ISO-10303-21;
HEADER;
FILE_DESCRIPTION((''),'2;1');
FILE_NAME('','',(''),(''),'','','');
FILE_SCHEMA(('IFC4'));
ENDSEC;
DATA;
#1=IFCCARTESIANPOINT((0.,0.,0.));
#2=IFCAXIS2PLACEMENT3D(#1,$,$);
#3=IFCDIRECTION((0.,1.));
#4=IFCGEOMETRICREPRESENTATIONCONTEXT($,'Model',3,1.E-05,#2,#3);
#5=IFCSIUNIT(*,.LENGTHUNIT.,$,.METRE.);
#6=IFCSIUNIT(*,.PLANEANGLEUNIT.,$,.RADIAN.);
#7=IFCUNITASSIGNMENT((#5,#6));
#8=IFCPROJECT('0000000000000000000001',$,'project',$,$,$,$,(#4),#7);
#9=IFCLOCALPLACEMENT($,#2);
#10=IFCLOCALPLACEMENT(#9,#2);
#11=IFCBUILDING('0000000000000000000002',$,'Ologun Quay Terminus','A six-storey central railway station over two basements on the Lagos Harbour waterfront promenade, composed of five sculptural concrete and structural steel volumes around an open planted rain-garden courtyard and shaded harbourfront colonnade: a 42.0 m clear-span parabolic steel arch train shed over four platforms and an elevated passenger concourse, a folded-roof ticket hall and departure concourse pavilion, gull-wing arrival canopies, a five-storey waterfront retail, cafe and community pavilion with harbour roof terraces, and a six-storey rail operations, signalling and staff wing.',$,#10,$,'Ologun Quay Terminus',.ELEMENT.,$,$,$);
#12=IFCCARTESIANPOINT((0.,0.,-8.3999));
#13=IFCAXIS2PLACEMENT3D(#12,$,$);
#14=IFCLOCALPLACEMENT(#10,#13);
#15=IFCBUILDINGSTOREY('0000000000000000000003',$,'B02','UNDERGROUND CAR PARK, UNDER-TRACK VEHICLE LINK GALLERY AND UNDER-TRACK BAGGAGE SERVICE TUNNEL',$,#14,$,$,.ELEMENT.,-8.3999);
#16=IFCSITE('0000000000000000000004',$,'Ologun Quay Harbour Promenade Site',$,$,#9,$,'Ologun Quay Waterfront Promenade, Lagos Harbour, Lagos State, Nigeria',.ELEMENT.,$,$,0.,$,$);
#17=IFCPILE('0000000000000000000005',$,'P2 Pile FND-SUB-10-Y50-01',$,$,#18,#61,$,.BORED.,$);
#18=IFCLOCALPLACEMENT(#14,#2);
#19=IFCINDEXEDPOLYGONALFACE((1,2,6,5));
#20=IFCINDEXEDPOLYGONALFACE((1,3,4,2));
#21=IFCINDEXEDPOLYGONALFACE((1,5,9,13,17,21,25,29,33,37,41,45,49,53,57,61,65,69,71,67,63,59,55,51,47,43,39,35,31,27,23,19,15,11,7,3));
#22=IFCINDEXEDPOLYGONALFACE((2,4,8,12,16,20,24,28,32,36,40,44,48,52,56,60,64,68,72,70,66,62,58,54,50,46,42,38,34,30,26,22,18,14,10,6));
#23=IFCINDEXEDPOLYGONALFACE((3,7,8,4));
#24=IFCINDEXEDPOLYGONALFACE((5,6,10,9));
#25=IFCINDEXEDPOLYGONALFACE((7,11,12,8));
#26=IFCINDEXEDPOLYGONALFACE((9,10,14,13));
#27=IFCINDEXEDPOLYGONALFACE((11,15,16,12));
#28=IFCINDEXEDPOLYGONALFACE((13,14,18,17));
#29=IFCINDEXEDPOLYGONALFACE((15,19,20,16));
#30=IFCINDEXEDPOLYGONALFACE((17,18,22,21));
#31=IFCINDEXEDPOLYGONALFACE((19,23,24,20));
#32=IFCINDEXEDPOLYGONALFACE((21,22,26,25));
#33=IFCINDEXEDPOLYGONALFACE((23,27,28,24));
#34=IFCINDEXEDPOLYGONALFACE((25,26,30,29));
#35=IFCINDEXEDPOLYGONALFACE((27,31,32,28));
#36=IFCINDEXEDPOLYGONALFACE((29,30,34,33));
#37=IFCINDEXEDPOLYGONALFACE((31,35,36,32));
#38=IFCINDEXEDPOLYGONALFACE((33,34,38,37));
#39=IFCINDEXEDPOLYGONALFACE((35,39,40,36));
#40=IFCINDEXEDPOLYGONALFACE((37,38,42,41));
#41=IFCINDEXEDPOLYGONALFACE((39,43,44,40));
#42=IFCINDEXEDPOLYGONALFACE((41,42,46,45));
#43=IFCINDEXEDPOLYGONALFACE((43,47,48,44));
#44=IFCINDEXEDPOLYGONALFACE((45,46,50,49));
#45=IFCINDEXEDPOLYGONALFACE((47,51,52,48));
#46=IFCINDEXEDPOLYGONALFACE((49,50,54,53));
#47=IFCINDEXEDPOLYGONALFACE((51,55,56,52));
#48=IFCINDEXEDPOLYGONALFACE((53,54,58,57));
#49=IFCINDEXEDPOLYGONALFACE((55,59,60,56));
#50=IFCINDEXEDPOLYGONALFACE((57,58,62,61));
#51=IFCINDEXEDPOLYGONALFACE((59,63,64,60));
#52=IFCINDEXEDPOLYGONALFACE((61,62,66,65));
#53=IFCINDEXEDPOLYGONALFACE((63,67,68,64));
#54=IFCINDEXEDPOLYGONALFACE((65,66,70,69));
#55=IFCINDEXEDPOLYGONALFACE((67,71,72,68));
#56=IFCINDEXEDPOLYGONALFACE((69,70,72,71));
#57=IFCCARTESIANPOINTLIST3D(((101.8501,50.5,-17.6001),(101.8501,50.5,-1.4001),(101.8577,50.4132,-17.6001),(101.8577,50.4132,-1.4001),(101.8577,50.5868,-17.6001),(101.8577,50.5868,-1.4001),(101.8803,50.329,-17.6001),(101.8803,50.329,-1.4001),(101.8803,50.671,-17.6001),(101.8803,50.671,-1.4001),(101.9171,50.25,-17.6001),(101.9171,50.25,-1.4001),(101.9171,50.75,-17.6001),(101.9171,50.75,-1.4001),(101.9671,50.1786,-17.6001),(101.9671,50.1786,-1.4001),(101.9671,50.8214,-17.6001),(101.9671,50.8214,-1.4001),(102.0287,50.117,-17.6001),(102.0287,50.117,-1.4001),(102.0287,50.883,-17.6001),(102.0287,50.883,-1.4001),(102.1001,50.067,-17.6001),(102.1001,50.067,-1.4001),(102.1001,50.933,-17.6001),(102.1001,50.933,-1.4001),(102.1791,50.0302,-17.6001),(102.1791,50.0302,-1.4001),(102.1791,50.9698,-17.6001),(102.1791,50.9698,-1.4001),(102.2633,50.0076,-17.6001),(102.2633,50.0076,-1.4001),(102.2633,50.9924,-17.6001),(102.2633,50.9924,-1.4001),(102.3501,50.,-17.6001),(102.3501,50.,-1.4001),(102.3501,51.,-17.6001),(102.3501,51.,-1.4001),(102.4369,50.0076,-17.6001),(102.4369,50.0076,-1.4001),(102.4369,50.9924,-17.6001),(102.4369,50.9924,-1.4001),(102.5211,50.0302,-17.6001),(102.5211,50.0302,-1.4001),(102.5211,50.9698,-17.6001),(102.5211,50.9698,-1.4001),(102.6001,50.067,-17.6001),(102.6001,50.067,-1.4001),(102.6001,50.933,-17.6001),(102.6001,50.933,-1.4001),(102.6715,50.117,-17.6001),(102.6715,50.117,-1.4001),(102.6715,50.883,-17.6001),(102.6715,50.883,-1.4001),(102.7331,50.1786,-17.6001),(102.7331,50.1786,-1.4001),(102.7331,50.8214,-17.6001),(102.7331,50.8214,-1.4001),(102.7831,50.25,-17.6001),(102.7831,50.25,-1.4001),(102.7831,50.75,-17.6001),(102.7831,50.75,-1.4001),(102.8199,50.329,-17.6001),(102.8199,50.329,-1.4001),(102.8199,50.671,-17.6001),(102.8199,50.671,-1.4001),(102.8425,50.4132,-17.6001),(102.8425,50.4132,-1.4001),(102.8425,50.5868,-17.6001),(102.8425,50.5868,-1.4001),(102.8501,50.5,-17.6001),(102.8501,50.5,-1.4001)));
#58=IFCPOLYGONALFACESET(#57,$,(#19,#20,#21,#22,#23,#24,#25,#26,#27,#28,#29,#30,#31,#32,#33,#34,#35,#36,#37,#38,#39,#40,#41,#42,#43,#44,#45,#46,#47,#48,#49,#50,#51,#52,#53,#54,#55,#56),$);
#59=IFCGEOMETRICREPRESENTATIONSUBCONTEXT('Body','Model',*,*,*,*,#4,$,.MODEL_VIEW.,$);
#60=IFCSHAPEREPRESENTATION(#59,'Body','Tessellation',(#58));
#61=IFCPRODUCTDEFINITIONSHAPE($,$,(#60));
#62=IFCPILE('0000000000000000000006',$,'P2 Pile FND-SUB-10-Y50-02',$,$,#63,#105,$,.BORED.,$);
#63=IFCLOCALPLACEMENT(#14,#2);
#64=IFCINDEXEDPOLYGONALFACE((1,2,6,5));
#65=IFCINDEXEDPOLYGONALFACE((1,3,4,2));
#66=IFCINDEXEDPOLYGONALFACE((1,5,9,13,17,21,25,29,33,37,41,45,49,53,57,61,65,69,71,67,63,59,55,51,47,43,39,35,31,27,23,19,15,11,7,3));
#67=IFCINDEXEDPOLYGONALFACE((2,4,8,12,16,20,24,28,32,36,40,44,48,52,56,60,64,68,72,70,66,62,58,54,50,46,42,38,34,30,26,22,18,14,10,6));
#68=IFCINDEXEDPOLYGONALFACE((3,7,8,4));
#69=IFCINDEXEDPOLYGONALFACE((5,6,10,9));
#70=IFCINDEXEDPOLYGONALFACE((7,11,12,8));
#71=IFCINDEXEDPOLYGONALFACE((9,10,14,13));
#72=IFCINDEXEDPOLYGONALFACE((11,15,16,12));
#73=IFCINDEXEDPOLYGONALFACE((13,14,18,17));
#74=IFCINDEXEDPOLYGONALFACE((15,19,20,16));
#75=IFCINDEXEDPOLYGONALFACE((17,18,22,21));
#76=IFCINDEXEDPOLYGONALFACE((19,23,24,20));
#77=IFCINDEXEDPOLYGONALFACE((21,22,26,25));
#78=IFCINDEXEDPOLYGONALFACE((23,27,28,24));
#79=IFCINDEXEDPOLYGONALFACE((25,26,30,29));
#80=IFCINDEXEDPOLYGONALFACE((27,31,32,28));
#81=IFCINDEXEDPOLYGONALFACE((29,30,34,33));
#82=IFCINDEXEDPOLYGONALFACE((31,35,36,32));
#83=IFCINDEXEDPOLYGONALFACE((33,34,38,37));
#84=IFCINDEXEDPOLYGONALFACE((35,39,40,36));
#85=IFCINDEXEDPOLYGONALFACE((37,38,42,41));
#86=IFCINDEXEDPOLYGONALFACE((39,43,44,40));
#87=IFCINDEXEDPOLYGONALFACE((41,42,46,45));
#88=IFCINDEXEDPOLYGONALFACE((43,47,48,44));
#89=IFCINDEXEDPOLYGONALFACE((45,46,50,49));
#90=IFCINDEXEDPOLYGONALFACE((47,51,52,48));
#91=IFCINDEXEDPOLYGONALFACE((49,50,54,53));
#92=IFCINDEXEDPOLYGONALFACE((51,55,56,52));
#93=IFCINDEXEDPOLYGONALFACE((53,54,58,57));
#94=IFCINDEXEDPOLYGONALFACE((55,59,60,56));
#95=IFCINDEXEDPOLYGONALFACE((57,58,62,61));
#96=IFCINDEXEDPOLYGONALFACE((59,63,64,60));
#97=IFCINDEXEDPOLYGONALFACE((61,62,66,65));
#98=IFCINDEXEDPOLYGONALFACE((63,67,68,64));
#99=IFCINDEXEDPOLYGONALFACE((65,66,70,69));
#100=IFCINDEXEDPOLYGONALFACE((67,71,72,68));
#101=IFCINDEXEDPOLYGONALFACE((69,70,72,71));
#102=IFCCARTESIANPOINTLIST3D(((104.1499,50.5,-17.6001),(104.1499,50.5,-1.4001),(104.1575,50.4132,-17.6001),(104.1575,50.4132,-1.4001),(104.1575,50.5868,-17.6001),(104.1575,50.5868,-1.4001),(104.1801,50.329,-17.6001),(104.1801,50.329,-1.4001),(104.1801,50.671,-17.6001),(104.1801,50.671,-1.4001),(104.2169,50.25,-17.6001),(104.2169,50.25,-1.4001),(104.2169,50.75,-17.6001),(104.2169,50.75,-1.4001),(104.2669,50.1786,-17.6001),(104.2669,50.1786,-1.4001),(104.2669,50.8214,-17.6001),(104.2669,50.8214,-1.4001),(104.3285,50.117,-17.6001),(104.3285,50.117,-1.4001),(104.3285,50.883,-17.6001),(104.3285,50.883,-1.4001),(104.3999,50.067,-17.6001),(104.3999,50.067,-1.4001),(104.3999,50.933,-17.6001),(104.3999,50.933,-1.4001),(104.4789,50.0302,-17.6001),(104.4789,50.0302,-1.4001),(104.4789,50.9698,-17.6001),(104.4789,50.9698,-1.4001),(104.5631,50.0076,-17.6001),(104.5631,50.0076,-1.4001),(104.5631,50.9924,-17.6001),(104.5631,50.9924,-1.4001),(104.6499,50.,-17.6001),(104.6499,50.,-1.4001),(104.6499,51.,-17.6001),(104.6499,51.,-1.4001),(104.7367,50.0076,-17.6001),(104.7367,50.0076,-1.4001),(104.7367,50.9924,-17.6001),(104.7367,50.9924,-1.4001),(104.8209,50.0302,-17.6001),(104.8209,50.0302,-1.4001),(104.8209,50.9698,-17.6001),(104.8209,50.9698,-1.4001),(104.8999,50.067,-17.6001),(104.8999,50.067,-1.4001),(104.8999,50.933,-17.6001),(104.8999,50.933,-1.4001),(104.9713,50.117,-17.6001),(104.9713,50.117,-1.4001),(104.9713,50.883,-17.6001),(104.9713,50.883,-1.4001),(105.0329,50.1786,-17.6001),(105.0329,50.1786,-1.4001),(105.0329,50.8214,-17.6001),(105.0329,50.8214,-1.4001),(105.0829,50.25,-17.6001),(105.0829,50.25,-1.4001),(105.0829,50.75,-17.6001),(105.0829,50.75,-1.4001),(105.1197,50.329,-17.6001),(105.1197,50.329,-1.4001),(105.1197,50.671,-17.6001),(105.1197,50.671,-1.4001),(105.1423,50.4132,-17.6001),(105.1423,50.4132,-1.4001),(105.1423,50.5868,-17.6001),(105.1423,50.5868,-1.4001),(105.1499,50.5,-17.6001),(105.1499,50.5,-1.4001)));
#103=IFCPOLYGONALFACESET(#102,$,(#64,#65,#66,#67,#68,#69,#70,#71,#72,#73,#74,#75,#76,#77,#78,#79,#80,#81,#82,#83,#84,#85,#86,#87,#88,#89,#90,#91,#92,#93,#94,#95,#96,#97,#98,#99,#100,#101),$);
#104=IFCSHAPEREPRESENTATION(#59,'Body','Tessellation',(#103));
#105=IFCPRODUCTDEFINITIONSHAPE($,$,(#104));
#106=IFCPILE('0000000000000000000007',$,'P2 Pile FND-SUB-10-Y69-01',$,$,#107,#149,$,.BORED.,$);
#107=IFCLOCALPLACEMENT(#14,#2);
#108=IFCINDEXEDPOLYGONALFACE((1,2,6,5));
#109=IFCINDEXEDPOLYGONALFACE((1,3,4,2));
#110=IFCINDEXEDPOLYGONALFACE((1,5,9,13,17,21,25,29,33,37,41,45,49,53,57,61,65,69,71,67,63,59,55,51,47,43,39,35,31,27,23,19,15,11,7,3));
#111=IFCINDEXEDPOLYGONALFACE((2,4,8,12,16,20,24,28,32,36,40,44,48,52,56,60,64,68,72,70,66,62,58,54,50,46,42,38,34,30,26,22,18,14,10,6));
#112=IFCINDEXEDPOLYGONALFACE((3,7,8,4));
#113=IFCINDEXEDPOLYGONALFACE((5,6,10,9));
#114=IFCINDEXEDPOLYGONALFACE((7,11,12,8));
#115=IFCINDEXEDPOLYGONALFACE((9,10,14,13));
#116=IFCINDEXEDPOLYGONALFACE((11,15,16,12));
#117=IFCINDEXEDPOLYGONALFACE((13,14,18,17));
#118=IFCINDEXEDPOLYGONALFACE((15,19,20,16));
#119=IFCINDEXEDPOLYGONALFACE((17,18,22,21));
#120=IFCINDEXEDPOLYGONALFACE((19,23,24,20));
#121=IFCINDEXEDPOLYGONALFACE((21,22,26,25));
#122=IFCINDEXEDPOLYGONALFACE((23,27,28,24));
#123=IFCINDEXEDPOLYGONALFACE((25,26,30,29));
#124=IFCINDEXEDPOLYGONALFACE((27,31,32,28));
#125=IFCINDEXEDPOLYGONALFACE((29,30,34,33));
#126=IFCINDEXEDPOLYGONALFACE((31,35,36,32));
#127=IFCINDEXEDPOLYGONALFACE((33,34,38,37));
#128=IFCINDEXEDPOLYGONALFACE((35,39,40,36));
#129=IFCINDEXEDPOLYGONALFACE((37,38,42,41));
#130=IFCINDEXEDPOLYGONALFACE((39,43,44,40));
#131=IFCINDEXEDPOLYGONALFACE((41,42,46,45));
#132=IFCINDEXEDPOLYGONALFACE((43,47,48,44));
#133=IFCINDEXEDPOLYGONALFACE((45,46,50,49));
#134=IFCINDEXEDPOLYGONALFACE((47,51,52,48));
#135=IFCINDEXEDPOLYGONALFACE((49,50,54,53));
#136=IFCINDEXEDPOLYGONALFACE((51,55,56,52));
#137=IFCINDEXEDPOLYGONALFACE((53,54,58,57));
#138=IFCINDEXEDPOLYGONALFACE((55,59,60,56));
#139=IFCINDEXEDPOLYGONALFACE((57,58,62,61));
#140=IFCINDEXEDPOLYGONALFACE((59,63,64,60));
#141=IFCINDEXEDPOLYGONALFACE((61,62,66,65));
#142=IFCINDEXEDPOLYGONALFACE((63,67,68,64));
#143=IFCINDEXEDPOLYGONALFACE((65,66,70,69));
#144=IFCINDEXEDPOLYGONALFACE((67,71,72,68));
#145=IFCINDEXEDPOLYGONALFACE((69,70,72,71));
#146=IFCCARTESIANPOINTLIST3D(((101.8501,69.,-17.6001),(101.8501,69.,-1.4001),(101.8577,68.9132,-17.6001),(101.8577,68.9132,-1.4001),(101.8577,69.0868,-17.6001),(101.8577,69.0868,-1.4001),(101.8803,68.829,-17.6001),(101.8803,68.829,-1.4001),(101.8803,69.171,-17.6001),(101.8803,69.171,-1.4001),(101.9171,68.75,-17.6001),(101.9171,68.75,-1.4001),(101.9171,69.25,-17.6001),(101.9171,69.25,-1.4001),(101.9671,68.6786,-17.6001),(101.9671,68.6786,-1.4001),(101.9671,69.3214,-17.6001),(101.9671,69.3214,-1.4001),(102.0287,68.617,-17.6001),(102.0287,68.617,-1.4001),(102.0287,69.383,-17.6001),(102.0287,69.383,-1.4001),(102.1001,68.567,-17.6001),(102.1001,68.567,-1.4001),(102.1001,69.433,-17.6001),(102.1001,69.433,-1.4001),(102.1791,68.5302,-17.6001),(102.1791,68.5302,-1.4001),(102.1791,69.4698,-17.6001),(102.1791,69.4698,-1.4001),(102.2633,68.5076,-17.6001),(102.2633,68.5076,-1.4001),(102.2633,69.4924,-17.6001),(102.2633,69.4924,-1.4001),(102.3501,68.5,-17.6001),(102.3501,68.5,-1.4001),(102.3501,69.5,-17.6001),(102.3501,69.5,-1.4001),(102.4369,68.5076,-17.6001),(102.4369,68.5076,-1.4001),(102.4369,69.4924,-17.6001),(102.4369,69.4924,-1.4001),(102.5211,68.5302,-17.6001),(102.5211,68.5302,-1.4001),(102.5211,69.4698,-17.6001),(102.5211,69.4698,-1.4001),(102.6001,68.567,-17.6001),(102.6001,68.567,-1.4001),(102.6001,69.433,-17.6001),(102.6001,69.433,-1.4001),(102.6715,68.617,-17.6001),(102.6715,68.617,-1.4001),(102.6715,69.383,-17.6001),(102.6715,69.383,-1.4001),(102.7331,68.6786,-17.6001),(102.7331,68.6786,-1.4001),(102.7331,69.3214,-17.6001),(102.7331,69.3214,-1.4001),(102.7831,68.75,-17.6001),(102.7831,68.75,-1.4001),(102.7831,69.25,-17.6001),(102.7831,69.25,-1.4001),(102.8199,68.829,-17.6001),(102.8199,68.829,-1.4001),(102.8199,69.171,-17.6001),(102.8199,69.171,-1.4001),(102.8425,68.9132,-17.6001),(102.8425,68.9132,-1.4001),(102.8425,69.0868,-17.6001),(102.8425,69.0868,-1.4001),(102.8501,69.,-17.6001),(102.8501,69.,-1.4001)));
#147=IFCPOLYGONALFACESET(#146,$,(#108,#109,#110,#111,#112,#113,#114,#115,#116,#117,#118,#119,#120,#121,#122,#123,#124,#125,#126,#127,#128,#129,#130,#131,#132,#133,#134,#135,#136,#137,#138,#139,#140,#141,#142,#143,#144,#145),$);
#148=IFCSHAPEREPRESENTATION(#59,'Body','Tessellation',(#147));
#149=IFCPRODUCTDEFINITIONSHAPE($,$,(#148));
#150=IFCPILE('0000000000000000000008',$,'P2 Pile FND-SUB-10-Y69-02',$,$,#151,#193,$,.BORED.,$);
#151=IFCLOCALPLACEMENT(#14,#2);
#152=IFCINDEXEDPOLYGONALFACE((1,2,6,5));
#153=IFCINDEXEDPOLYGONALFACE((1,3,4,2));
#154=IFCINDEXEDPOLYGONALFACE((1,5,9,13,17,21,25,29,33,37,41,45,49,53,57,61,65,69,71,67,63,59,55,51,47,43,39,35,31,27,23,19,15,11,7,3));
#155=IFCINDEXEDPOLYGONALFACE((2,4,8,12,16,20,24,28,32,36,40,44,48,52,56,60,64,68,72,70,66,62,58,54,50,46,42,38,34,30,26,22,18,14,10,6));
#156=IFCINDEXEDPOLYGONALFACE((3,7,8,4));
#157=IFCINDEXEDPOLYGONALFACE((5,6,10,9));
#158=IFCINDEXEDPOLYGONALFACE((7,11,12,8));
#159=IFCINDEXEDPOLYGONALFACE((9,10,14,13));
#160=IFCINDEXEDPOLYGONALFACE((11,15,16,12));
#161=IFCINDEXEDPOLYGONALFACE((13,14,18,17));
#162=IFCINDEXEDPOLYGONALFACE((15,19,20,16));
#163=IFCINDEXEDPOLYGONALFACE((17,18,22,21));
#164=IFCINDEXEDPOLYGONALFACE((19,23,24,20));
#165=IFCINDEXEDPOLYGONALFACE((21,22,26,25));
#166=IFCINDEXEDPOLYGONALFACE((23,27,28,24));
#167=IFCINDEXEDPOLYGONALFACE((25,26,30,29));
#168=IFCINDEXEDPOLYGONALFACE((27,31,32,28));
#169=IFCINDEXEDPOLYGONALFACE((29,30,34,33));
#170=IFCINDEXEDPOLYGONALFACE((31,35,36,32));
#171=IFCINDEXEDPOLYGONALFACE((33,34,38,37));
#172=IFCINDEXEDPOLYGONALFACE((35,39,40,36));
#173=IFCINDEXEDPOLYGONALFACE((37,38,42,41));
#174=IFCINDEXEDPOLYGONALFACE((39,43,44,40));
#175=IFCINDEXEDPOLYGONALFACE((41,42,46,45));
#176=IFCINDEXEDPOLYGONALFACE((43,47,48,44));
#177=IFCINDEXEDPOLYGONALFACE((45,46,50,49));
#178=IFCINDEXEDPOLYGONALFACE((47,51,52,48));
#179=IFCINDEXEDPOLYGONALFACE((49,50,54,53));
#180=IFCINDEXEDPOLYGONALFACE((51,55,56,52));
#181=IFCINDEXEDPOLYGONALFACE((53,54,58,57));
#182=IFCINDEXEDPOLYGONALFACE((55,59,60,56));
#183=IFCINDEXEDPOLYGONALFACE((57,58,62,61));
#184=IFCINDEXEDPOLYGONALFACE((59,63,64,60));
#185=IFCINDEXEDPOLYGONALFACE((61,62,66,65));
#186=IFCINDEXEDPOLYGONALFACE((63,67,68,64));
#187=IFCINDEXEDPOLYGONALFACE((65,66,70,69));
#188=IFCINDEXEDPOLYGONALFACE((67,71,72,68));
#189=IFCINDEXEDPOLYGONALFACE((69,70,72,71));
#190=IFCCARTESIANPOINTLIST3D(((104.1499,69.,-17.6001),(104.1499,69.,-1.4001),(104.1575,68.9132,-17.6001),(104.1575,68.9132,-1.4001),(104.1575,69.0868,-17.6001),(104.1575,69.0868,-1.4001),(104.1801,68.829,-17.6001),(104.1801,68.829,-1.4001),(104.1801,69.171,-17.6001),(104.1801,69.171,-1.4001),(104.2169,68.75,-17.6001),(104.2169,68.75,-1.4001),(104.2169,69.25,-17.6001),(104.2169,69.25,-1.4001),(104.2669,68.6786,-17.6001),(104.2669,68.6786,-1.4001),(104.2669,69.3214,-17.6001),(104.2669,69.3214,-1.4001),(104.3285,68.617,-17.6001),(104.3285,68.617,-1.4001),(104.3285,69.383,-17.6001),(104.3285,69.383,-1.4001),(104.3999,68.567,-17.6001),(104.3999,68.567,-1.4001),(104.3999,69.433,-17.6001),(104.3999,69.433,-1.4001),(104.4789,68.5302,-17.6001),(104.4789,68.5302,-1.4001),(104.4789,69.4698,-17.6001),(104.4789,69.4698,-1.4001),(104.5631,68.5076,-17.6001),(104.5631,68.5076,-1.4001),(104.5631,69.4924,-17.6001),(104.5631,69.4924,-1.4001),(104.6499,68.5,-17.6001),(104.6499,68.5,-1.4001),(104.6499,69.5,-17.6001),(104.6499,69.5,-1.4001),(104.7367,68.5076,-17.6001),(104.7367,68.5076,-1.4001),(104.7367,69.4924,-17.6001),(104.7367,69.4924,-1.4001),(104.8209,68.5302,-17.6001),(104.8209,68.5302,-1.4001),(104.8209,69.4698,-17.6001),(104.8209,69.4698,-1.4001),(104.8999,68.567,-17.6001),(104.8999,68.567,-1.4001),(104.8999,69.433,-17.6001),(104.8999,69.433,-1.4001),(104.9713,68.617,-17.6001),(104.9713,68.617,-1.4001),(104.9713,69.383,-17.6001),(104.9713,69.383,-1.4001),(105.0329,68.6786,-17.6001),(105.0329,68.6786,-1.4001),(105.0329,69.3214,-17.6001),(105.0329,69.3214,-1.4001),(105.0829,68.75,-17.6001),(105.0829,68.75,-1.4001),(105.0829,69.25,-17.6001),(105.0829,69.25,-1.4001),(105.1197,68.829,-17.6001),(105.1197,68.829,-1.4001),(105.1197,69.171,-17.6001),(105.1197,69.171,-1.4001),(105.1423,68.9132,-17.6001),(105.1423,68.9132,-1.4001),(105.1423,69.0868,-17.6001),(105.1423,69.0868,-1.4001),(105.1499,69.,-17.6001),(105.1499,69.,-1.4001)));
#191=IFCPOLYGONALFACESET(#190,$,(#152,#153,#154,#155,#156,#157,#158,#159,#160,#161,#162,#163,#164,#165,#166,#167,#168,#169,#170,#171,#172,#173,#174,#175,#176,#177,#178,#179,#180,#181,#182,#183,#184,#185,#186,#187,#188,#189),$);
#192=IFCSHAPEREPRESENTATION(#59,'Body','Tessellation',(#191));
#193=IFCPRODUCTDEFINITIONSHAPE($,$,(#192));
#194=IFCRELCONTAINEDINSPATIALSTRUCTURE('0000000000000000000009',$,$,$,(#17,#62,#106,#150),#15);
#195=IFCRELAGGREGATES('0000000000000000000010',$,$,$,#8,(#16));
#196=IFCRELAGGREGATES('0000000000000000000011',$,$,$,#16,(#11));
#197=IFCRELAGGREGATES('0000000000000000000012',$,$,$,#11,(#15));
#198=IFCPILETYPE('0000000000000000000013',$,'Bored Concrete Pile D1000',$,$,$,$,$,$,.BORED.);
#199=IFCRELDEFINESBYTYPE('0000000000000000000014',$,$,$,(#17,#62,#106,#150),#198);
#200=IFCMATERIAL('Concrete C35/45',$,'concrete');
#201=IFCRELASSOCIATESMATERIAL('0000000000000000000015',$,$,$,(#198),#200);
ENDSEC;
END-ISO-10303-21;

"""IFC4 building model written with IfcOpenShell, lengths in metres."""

from ifc_helpers import new_model, si_unit, direction, frame, origin, origin_2d, place, context, subcontext, project, spatial, circle, extrude, material, material_profile, profile_set, type_object, element, save


model = new_model("IFC4")

# Units and contexts
model_context = context("Model", 3, precision=1e-05, world=origin(), true_north=direction((0.0, 1.0)))
body_context = subcontext(model_context, "Body", "Model", "MODEL_VIEW")
ifc_project = project(units=[si_unit("LENGTHUNIT", "METRE"), si_unit("PLANEANGLEUNIT", "RADIAN")], contexts=[model_context])

# Site, building, storey
site_placement = place(None, origin())
site = spatial("IfcSite", under=ifc_project, at=site_placement, Name="Ologun Quay Harbour Promenade Site", LongName="Ologun Quay Waterfront Promenade, Lagos Harbour, Lagos State, Nigeria", CompositionType="ELEMENT", RefElevation=0.0)
building_placement = place(site_placement, origin())
building = spatial("IfcBuilding", under=site, at=building_placement, Name="Ologun Quay Terminus", Description="A six-storey central railway station over two basements on the Lagos Harbour waterfront promenade, composed of five sculptural concrete and structural steel volumes around an open planted rain-garden courtyard and shaded harbourfront colonnade: a 42.0 m clear-span parabolic steel arch train shed over four platforms and an elevated passenger concourse, a folded-roof ticket hall and departure concourse pavilion, gull-wing arrival canopies, a five-storey waterfront retail, cafe and community pavilion with harbour roof terraces, and a six-storey rail operations, signalling and staff wing.", LongName="Ologun Quay Terminus", CompositionType="ELEMENT")
storey_placement = place(building_placement, frame((0.0, 0.0, -8.3999)))
storey = spatial("IfcBuildingStorey", under=building, at=storey_placement, Name="B02", Description="UNDERGROUND CAR PARK, UNDER-TRACK VEHICLE LINK GALLERY AND UNDER-TRACK BAGGAGE SERVICE TUNNEL", CompositionType="ELEMENT", Elevation=-8.3999)

# Piles
ifc_material_1 = material(Name="Concrete C35/45", Category="concrete")
ifc_material_profile_1 = material_profile(ifc_material_1, circle(Radius=0.5, at=origin_2d()), Name="PILE D1000")
ifc_profile_set_1 = profile_set([ifc_material_profile_1], Name="Concrete C35/45")
pile_type_1 = type_object("IfcPileType", Name="Bored Concrete Pile D1000", PredefinedType="BORED", material=ifc_profile_set_1)
for number, where, z_axis, x_axis, name in (
    (1, (102.3501, 50.5, -1.4001), (0.0, 0.0, -1.0), (1.0, 0.0, 0.0), "P2 Pile FND-SUB-10-Y50-01"),
    (2, (104.6499, 50.5, -1.4001), (0.0, 0.0, -1.0), (1.0, 0.0, 0.0), "P2 Pile FND-SUB-10-Y50-02"),
    (3, (102.3501, 69.0, -1.4001), (0.0, 0.0, -1.0), (1.0, 0.0, 0.0), "P2 Pile FND-SUB-10-Y69-01"),
    (4, (104.6499, 69.0, -1.4001), (0.0, 0.0, -1.0), (1.0, 0.0, 0.0), "P2 Pile FND-SUB-10-Y69-02"),
):
    element("IfcPile", number, at=place(storey_placement, frame(where, z_axis=z_axis, x_axis=x_axis)), inside=storey, type_object=pile_type_1, Name=name, PredefinedType="BORED", context=body_context, shape_type="SweptSolid", body=[
        extrude(circle(Radius=0.5, at=origin_2d()), origin(), (0.0, 0.0, 1.0), 16.2),
    ])

save(model, "model.ifc")
